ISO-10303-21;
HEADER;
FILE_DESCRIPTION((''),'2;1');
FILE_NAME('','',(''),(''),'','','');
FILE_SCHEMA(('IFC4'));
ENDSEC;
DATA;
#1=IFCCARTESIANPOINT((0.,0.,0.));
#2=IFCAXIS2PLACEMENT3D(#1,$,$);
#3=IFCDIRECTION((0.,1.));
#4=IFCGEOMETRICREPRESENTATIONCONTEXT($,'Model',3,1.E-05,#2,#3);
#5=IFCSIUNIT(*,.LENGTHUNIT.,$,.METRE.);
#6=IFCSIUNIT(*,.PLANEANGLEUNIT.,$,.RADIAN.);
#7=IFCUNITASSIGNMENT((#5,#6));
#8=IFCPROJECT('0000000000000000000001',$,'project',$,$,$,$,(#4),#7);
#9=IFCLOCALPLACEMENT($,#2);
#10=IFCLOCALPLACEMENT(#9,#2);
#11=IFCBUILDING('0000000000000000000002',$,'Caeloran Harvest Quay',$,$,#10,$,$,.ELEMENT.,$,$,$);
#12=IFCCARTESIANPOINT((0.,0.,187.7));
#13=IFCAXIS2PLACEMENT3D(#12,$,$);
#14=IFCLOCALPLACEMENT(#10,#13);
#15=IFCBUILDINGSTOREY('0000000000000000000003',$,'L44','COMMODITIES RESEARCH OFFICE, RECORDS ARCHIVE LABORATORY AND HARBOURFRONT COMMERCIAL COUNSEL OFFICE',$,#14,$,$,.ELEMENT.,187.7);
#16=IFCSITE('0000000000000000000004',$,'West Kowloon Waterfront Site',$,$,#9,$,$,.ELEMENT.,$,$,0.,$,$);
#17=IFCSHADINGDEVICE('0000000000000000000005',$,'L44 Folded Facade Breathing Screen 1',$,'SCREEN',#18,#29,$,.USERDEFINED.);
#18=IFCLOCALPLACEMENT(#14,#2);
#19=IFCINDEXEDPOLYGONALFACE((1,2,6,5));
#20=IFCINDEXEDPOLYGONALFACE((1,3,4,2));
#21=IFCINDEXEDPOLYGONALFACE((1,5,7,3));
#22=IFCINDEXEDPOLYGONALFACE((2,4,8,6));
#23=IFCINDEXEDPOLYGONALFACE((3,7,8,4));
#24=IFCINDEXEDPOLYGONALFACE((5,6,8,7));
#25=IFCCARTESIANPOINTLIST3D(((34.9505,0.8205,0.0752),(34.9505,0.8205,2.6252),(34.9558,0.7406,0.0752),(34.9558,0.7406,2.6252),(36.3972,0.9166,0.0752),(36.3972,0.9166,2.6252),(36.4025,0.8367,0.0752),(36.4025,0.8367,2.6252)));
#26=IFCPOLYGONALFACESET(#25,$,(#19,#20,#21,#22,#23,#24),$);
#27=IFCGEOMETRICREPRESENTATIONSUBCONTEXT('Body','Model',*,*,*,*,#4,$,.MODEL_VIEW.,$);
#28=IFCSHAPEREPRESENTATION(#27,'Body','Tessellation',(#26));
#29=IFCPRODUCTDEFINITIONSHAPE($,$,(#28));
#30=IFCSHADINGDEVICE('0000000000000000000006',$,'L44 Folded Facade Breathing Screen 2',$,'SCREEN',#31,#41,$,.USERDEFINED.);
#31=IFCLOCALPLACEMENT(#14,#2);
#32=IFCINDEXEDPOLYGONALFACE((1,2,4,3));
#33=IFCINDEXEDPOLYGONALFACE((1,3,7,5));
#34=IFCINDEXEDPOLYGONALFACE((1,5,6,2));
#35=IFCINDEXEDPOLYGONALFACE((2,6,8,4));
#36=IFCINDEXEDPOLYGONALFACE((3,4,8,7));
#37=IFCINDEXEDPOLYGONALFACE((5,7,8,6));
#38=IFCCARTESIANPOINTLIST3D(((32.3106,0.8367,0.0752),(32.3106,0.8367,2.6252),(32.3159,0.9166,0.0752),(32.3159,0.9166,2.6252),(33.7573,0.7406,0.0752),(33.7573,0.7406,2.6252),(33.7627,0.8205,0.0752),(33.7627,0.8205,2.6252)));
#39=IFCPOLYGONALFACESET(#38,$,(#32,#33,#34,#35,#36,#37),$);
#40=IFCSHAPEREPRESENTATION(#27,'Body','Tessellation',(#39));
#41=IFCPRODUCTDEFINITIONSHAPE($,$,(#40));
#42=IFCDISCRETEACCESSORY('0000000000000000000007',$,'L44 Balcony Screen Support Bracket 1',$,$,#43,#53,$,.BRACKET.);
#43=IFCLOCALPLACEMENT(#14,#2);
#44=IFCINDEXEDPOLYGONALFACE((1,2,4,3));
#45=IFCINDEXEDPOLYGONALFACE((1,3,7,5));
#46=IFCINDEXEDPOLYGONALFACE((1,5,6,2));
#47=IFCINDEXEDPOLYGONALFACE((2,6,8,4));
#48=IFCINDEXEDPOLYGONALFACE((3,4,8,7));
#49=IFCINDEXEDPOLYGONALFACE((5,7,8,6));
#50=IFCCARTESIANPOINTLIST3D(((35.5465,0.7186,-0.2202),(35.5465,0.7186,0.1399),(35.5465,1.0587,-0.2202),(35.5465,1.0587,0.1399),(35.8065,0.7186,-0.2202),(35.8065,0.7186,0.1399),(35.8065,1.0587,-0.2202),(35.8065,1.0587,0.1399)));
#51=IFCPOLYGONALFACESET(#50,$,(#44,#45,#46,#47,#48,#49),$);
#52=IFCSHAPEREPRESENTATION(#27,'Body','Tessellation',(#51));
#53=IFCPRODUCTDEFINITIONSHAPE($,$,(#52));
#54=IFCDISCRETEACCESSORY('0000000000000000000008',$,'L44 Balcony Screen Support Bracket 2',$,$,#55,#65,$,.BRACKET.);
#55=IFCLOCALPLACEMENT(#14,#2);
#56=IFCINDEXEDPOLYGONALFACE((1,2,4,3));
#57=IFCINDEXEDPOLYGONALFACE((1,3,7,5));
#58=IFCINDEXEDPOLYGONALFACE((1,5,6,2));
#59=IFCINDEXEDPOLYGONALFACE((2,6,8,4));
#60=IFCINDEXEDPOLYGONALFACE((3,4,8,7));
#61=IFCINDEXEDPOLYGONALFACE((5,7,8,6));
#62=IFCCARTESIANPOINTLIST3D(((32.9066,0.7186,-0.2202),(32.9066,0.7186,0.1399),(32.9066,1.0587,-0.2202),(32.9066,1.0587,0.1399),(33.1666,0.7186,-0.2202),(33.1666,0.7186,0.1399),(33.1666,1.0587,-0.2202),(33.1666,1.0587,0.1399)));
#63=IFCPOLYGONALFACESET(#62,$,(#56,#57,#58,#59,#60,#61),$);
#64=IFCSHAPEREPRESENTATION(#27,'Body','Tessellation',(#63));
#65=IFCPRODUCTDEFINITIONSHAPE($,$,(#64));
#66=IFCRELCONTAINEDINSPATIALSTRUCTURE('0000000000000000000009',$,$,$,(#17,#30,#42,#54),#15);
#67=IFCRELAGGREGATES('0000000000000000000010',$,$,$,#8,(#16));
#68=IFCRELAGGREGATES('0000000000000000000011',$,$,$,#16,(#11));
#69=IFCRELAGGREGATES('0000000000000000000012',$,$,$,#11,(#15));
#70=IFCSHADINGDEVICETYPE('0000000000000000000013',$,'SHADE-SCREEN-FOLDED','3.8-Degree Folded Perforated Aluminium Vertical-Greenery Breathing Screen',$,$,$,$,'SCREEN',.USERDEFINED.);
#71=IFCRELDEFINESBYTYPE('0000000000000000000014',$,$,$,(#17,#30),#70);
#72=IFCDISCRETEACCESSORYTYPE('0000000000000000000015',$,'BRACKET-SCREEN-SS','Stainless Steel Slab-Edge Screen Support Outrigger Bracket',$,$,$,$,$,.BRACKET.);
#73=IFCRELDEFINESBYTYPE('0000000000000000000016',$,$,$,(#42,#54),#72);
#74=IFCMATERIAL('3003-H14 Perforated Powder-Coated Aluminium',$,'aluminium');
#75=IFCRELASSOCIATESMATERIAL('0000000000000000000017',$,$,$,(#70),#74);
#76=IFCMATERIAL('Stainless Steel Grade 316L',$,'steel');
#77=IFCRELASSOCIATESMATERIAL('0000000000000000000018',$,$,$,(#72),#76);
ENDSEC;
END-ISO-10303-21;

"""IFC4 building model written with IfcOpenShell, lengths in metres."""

from ifc_helpers import new_model, si_unit, direction, frame, origin, origin_2d, place, context, subcontext, project, spatial, rectangle, extrude, material, type_object, element, save


model = new_model("IFC4")

# Units and contexts
model_context = context("Model", 3, precision=1e-05, world=origin(), true_north=direction((0.0, 1.0)))
body_context = subcontext(model_context, "Body", "Model", "MODEL_VIEW")
ifc_project = project(units=[si_unit("LENGTHUNIT", "METRE"), si_unit("PLANEANGLEUNIT", "RADIAN")], contexts=[model_context])

# Site, building, storey
site_placement = place(None, origin())
site = spatial("IfcSite", under=ifc_project, at=site_placement, Name="West Kowloon Waterfront Site", CompositionType="ELEMENT", RefElevation=0.0)
building_placement = place(site_placement, origin())
building = spatial("IfcBuilding", under=site, at=building_placement, Name="Caeloran Harvest Quay", CompositionType="ELEMENT")
storey_placement = place(building_placement, frame((0.0, 0.0, 187.7)))
storey = spatial("IfcBuildingStorey", under=building, at=storey_placement, Name="L44", Description="COMMODITIES RESEARCH OFFICE, RECORDS ARCHIVE LABORATORY AND HARBOURFRONT COMMERCIAL COUNSEL OFFICE", CompositionType="ELEMENT", Elevation=187.7)

# Shading devices
ifc_material_1 = material(Name="3003-H14 Perforated Powder-Coated Aluminium", Category="aluminium")
shading_device_type = type_object("IfcShadingDeviceType", Name="SHADE-SCREEN-FOLDED", Description="3.8-Degree Folded Perforated Aluminium Vertical-Greenery Breathing Screen", ElementType="SCREEN", PredefinedType="USERDEFINED", material=ifc_material_1)
for number, where, z_axis, x_axis, name in (
    (1, (35.6765, 0.8286, 0.0752), (0.0, 0.0, 1.0), (0.997801, 0.066274, 0.0), "L44 Folded Facade Breathing Screen 1"),
    (2, (33.0366, 0.8286, 0.0752), (0.0, 0.0, 1.0), (0.997801, -0.066274, 0.0), "L44 Folded Facade Breathing Screen 2"),
):
    element("IfcShadingDevice", number, at=place(storey_placement, frame(where, z_axis=z_axis, x_axis=x_axis)), inside=storey, type_object=shading_device_type, Name=name, ObjectType="SCREEN", PredefinedType="USERDEFINED", context=body_context, shape_type="SweptSolid", body=[
        extrude(rectangle(XDim=1.45, YDim=0.0801, at=origin_2d()), origin(), (0.0, 0.0, 1.0), 2.55),
    ])

# Discrete accessories
ifc_material_2 = material(Name="Stainless Steel Grade 316L", Category="steel")
discrete_accessory_type = type_object("IfcDiscreteAccessoryType", Name="BRACKET-SCREEN-SS", Description="Stainless Steel Slab-Edge Screen Support Outrigger Bracket", PredefinedType="BRACKET", material=ifc_material_2)
for number, where, z_axis, x_axis, name in (
    (3, (35.6765, 0.8887, -0.2202), (0.0, 0.0, 1.0), (1.0, 0.0, 0.0), "L44 Balcony Screen Support Bracket 1"),
    (4, (33.0366, 0.8887, -0.2202), (0.0, 0.0, 1.0), (1.0, 0.0, 0.0), "L44 Balcony Screen Support Bracket 2"),
):
    element("IfcDiscreteAccessory", number, at=place(storey_placement, frame(where, z_axis=z_axis, x_axis=x_axis)), inside=storey, type_object=discrete_accessory_type, Name=name, PredefinedType="BRACKET", context=body_context, shape_type="SweptSolid", body=[
        extrude(rectangle(XDim=0.26, YDim=0.3401, at=origin_2d()), origin(), (0.0, 0.0, 1.0), 0.3601),
    ])

save(model, "model.ifc")
